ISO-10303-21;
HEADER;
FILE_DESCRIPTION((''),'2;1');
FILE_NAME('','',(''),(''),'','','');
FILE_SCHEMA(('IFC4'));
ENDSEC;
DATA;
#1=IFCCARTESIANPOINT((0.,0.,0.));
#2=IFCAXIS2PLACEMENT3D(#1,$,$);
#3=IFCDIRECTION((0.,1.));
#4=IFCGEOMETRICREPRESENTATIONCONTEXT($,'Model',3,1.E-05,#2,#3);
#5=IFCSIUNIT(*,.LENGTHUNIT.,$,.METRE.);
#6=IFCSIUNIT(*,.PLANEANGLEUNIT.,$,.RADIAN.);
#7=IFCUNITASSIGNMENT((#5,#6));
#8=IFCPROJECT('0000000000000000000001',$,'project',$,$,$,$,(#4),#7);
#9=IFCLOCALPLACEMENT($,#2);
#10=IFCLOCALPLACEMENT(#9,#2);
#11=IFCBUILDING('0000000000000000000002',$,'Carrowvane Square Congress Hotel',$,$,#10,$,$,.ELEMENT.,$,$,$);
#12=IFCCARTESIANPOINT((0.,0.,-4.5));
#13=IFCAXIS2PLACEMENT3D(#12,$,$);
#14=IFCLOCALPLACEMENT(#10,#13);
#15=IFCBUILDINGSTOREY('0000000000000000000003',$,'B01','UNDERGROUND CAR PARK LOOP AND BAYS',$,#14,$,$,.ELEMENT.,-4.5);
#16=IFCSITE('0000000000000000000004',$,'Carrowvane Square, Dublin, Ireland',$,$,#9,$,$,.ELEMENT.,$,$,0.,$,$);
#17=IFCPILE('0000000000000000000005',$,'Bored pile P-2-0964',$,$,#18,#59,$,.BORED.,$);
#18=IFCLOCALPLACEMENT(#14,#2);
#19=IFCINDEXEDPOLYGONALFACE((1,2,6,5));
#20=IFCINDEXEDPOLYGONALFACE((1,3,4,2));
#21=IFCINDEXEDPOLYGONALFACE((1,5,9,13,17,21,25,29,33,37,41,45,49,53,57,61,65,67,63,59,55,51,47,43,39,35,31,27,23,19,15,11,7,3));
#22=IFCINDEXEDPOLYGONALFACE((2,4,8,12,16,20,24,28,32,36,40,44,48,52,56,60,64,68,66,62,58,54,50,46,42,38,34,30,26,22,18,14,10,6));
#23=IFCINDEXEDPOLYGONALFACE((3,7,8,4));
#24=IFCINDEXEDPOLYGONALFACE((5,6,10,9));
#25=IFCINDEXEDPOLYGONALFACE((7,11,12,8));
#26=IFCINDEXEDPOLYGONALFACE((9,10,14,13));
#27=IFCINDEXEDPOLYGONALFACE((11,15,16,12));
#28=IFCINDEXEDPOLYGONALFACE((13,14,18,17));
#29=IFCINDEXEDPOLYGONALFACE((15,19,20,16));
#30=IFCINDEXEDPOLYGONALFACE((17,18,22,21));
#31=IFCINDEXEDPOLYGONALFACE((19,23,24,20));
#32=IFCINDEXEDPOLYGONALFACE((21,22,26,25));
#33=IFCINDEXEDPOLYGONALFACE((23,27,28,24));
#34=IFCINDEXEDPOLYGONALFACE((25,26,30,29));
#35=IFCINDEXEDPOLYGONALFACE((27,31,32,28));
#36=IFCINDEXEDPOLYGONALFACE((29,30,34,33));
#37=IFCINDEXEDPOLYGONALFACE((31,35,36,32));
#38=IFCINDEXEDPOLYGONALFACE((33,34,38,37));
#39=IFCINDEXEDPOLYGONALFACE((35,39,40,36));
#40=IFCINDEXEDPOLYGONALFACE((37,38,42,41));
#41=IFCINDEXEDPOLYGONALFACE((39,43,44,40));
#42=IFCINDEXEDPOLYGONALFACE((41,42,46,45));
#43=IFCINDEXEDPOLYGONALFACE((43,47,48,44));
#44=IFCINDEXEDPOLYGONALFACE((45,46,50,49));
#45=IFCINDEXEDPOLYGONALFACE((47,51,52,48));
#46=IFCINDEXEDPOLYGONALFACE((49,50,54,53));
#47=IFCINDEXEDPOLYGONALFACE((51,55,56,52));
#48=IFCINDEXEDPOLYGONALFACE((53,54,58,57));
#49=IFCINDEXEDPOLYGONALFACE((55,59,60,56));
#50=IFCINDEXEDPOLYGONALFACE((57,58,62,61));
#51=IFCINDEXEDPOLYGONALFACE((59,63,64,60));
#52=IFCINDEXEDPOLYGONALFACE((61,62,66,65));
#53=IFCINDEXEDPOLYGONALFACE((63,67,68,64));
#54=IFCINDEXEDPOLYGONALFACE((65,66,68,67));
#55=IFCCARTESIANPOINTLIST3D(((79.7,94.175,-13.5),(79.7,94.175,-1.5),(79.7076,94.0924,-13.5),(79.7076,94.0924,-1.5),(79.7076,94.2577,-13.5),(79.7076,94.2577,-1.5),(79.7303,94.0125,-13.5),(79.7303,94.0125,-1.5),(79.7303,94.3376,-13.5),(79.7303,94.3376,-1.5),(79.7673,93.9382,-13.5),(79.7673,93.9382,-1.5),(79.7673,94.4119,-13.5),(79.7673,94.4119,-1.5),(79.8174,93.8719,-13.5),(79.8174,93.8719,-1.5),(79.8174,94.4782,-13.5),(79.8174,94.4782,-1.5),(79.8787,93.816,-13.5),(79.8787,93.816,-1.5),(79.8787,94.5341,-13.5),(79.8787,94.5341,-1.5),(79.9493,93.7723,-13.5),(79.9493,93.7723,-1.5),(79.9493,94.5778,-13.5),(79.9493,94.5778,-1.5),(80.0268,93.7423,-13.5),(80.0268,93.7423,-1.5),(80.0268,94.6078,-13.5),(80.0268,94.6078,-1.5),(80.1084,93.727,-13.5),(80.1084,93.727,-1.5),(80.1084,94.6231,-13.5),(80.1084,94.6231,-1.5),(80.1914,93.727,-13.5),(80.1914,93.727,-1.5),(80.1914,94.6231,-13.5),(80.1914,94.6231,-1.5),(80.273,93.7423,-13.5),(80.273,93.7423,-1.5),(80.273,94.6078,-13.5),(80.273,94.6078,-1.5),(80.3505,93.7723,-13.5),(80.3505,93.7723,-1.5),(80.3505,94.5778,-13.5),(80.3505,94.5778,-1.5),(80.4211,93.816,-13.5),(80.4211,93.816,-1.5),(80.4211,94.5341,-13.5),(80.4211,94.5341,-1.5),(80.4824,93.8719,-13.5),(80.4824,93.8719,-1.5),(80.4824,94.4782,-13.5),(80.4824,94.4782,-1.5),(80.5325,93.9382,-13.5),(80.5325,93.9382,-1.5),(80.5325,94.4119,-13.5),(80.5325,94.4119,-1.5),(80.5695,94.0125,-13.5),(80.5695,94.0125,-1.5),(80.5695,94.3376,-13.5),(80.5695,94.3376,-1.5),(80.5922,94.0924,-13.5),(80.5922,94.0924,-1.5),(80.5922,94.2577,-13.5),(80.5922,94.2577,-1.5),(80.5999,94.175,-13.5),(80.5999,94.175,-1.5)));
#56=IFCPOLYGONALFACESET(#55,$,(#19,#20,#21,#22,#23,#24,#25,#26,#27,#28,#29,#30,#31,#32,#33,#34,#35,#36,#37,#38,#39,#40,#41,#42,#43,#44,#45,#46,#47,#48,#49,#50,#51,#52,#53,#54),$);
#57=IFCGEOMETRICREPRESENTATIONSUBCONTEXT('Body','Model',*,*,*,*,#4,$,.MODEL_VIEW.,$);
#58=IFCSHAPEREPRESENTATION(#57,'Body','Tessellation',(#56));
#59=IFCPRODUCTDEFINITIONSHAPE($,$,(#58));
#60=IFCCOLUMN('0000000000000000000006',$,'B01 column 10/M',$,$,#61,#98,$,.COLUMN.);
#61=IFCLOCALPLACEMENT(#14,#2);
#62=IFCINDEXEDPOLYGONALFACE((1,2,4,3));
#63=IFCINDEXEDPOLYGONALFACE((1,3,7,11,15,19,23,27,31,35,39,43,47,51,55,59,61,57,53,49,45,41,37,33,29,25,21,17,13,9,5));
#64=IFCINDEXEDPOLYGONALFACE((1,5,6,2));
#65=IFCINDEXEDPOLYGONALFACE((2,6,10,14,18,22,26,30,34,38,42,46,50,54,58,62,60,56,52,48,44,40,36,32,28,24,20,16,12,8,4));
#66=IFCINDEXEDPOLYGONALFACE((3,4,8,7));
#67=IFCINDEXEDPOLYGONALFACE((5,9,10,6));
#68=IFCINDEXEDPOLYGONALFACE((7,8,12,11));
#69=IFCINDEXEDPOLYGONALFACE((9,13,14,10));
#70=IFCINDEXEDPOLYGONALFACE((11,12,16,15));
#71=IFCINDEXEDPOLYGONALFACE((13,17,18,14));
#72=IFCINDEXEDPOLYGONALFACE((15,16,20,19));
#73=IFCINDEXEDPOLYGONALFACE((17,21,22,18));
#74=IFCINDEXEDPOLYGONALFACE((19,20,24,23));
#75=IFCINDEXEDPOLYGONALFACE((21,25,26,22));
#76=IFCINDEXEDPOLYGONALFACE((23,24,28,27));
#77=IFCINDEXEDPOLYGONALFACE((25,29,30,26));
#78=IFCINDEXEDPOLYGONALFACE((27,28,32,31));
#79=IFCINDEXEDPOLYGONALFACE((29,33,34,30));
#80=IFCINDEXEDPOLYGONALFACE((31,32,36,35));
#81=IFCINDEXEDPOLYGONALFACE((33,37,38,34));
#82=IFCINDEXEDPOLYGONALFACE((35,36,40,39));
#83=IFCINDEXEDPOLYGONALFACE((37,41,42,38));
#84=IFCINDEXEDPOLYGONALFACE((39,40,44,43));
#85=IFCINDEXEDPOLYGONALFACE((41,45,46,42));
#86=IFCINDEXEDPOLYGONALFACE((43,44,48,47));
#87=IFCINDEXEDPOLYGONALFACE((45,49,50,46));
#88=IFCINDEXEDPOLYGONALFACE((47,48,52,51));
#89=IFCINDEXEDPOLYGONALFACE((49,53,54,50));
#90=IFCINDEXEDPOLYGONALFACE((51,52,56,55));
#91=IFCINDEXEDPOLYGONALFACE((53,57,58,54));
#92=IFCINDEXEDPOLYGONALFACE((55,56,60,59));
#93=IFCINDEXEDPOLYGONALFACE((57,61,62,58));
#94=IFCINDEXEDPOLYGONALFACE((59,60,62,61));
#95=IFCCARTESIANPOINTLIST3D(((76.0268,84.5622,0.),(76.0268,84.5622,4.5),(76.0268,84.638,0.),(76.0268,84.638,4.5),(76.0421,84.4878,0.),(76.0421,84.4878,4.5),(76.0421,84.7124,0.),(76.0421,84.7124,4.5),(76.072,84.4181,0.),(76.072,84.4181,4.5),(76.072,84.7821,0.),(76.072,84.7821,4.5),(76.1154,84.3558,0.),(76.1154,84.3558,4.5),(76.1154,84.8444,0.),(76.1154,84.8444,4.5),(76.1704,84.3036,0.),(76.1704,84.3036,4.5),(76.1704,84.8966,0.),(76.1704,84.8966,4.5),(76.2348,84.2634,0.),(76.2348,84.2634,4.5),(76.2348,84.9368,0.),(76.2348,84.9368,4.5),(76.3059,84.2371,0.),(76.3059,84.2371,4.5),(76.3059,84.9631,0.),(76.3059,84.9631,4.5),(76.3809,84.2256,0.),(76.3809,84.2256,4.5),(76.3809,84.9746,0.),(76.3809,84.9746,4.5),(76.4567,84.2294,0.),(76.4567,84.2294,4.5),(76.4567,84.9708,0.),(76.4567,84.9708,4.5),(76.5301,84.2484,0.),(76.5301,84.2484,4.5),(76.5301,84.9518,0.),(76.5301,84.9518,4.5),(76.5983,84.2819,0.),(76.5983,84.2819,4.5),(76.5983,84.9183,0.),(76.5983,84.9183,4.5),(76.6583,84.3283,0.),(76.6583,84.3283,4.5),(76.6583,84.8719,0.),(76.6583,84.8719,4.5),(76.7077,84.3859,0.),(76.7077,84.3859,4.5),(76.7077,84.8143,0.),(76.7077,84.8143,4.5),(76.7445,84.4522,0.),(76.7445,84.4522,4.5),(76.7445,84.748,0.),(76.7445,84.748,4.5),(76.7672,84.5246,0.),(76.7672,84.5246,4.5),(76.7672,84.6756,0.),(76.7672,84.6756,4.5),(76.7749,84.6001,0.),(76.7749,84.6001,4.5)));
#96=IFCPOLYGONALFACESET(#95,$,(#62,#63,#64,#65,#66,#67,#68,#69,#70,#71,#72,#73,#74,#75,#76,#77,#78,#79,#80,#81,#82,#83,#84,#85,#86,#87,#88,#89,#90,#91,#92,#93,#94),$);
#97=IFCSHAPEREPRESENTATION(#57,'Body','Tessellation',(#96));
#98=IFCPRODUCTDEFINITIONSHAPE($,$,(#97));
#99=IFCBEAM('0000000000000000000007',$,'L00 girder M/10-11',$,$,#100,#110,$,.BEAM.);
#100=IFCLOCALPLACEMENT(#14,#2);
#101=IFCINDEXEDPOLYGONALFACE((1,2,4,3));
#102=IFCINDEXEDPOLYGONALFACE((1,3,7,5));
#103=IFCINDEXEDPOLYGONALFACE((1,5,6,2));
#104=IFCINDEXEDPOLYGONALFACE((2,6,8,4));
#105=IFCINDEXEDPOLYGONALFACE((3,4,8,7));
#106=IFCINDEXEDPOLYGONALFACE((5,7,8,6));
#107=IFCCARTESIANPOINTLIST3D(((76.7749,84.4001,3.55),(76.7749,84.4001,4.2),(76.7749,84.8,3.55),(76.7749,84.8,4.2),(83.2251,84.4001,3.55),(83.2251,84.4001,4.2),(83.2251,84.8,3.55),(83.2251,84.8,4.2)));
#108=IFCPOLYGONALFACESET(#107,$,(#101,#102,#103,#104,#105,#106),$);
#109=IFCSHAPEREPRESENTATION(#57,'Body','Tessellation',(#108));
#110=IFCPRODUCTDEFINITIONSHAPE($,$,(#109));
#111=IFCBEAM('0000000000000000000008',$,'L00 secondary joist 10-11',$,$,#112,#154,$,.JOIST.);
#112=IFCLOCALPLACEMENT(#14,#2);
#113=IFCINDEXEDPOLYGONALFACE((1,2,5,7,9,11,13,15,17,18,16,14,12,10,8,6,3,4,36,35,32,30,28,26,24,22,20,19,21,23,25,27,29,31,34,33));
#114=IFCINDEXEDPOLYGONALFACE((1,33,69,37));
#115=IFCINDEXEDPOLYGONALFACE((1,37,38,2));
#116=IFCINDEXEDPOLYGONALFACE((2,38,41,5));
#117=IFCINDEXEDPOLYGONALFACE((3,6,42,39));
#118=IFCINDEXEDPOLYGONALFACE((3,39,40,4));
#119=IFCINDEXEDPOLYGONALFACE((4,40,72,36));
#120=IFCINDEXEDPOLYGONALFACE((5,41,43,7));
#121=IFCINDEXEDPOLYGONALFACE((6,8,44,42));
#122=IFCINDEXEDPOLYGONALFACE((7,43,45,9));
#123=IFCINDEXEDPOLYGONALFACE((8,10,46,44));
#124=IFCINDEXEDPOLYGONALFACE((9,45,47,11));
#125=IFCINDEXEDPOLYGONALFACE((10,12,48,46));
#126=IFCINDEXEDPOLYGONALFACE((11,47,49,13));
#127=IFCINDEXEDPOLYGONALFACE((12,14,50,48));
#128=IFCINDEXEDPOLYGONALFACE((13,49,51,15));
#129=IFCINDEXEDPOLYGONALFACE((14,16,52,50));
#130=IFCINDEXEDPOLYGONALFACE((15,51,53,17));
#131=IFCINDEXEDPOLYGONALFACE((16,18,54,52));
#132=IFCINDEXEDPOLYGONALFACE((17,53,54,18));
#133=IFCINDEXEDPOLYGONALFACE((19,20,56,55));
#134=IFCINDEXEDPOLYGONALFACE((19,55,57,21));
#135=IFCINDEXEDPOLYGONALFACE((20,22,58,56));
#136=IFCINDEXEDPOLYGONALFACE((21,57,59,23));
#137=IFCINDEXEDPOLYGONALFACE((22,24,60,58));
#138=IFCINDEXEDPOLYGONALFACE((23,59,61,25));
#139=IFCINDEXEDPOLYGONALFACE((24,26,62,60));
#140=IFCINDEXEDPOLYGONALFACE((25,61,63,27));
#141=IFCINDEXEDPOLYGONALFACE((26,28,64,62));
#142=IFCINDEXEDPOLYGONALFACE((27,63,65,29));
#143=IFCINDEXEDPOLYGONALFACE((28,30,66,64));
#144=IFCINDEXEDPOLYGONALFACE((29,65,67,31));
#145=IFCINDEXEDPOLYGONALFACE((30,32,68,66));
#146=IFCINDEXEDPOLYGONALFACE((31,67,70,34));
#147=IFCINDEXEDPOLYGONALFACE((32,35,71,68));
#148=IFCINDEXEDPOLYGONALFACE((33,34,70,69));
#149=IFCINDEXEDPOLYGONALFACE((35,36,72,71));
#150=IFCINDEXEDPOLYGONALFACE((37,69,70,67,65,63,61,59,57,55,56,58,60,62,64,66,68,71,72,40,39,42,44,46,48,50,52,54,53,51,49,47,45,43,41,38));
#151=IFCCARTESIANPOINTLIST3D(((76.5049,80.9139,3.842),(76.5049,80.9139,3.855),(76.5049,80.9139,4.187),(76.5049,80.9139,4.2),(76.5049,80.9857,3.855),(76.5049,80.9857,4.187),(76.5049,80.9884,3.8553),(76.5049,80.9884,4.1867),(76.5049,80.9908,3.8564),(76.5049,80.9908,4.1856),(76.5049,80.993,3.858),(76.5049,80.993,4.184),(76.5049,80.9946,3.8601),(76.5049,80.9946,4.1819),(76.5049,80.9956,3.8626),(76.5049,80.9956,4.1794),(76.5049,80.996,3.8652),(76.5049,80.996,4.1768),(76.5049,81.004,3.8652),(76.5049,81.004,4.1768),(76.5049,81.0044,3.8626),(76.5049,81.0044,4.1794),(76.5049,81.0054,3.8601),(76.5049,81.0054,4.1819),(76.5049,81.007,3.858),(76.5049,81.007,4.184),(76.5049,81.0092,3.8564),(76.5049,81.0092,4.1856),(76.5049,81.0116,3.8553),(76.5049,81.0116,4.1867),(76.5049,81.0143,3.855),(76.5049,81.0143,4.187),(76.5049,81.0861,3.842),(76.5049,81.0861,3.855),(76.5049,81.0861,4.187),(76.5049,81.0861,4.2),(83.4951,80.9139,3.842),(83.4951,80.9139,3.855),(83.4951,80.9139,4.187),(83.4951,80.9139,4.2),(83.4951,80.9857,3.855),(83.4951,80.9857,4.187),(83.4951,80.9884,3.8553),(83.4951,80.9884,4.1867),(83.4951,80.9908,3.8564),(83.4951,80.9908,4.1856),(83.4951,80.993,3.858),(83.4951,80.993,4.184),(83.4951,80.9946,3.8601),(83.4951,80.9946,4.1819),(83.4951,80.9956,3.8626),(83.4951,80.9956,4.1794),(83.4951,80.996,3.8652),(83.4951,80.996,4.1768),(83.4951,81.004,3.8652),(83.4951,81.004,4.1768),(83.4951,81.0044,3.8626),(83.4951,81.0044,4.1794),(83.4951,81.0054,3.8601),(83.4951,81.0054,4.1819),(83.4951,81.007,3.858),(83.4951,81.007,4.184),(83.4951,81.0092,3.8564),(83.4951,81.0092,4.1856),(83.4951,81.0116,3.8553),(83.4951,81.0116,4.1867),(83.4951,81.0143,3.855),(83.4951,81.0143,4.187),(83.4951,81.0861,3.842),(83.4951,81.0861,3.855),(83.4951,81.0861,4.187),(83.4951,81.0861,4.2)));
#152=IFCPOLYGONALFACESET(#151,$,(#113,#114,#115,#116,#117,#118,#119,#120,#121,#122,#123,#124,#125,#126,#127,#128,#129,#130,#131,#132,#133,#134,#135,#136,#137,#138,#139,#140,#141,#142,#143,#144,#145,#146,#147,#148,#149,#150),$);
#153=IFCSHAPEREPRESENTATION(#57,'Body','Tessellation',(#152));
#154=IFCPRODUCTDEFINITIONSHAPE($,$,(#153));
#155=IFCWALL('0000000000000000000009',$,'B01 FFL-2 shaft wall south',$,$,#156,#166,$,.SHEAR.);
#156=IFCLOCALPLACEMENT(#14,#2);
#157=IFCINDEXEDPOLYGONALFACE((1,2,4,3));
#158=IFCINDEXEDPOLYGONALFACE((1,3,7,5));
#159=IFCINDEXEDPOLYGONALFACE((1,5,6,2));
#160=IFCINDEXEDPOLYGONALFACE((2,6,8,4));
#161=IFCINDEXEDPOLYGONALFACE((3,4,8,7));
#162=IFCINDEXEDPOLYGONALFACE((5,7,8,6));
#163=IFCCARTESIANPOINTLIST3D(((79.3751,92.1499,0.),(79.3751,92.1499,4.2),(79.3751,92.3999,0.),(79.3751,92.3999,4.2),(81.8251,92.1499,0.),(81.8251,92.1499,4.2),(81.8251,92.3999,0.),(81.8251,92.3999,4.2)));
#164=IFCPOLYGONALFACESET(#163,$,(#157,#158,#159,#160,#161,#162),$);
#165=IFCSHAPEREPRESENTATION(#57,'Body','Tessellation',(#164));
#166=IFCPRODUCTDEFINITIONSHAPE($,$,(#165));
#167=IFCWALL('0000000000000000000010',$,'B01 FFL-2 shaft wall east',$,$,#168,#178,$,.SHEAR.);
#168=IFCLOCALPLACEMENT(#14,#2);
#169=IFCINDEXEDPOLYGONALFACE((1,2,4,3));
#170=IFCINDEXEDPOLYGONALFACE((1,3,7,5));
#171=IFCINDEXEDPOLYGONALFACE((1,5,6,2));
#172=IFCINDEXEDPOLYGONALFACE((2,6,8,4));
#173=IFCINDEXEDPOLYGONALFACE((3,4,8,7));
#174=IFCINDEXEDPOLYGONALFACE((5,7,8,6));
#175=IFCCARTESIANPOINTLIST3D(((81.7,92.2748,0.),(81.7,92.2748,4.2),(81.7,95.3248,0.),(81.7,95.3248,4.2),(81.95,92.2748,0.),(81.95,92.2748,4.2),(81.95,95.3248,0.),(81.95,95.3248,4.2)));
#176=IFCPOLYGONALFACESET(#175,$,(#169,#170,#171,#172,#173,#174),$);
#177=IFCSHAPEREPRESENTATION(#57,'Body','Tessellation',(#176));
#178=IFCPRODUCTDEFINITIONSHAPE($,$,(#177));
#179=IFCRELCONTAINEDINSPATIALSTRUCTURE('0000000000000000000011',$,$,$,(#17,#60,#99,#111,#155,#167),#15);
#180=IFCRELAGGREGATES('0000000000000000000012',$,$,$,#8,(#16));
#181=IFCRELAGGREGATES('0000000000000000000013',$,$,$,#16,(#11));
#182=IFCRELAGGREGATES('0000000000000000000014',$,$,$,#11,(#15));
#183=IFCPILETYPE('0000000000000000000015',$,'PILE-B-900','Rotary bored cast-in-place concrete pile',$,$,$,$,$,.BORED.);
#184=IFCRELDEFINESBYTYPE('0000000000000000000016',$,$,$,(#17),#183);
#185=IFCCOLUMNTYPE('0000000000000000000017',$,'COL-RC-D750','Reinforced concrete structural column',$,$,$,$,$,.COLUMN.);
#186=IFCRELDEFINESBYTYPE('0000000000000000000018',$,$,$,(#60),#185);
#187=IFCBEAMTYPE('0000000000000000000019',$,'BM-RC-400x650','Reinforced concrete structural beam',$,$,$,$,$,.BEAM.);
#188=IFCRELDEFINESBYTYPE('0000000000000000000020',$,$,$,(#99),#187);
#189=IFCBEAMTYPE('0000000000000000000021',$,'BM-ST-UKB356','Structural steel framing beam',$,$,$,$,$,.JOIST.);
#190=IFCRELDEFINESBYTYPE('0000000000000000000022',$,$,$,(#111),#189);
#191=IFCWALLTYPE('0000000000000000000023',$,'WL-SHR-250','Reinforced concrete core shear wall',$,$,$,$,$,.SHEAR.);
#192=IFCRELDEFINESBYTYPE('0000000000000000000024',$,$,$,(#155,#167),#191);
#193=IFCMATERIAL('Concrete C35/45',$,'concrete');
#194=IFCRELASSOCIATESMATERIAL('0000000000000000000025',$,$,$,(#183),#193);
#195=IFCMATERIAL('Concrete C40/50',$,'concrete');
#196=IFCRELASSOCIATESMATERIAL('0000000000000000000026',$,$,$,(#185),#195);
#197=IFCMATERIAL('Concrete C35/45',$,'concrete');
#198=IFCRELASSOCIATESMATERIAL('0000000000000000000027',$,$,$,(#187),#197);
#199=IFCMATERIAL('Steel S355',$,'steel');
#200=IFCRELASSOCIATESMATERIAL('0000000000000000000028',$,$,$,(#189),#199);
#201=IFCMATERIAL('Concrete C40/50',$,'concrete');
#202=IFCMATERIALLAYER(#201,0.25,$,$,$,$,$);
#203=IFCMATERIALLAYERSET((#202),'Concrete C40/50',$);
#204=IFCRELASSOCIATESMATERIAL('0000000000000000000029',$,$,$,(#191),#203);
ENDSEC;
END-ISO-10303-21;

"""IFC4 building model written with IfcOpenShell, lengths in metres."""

from ifc_helpers import new_model, si_unit, direction, frame, frame_2d, origin, origin_2d, place, context, subcontext, project, spatial, rectangle, circle, i_section, extrude, material, layer, layer_set, material_profile, profile_set, type_object, element, save


model = new_model("IFC4")

# Units and contexts
model_context = context("Model", 3, precision=1e-05, world=origin(), true_north=direction((0.0, 1.0)))
body_context = subcontext(model_context, "Body", "Model", "MODEL_VIEW")
ifc_project = project(units=[si_unit("LENGTHUNIT", "METRE"), si_unit("PLANEANGLEUNIT", "RADIAN")], contexts=[model_context])

# Site, building, storey
site_placement = place(None, origin())
site = spatial("IfcSite", under=ifc_project, at=site_placement, Name="Carrowvane Square, Dublin, Ireland", CompositionType="ELEMENT", RefElevation=0.0)
building_placement = place(site_placement, origin())
building = spatial("IfcBuilding", under=site, at=building_placement, Name="Carrowvane Square Congress Hotel", CompositionType="ELEMENT")
storey_placement = place(building_placement, frame((0.0, 0.0, -4.5)))
storey = spatial("IfcBuildingStorey", under=building, at=storey_placement, Name="B01", Description="UNDERGROUND CAR PARK LOOP AND BAYS", CompositionType="ELEMENT", Elevation=-4.5)

# Pile
ifc_material_1 = material(Name="Concrete C35/45", Category="concrete")
ifc_material_profile_1 = material_profile(ifc_material_1, circle(Radius=0.45, at=origin_2d()), Name="PILE D900")
ifc_profile_set_1 = profile_set([ifc_material_profile_1], Name="Concrete C35/45")
pile_type_1 = type_object("IfcPileType", Name="PILE-B-900", Description="Rotary bored cast-in-place concrete pile", PredefinedType="BORED", material=ifc_profile_set_1)
for number, where, z_axis, x_axis, name in (
    (1, (80.1499, 94.175, -1.5), (0.0, 0.0, -1.0), (1.0, 0.0, 0.0), "Bored pile P-2-0964"),
):
    element("IfcPile", number, at=place(storey_placement, frame(where, z_axis=z_axis, x_axis=x_axis)), inside=storey, type_object=pile_type_1, Name=name, PredefinedType="BORED", context=body_context, shape_type="SweptSolid", body=[
        extrude(circle(Radius=0.45, at=origin_2d()), origin(), (0.0, 0.0, 1.0), 12.0),
    ])

# Column
ifc_material_2 = material(Name="Concrete C40/50", Category="concrete")
ifc_material_profile_2 = material_profile(ifc_material_2, circle(Radius=0.375, at=origin_2d()), Name="RC D750")
ifc_profile_set_2 = profile_set([ifc_material_profile_2], Name="Concrete C40/50")
column_type = type_object("IfcColumnType", Name="COL-RC-D750", Description="Reinforced concrete structural column", PredefinedType="COLUMN", material=ifc_profile_set_2)
column_placement = place(storey_placement, frame((76.3999, 84.6001, 0.0), z_axis=(0.0, 0.0, 1.0), x_axis=(1.0, 0.0, 0.0)))
element("IfcColumn", 2, at=column_placement, inside=storey, type_object=column_type, Name="B01 column 10/M", PredefinedType="COLUMN", context=body_context, shape_type="SweptSolid", body=[
    extrude(circle(Radius=0.375, at=origin_2d()), origin(), (0.0, 0.0, 1.0), 4.5),
])

# Beams
ifc_material_3 = material(Name="Concrete C35/45", Category="concrete")
ifc_material_profile_3 = material_profile(ifc_material_3, rectangle(XDim=0.3999, YDim=0.6499, at=origin_2d()), Name="RC 400x650")
ifc_profile_set_3 = profile_set([ifc_material_profile_3], Name="Concrete C35/45")
beam_type_1 = type_object("IfcBeamType", Name="BM-RC-400x650", Description="Reinforced concrete structural beam", PredefinedType="BEAM", material=ifc_profile_set_3)
beam_1_placement = place(storey_placement, frame((76.7749, 84.6001, 3.875), z_axis=(1.0, 0.0, 0.0), x_axis=(0.0, 1.0, 0.0)))
element("IfcBeam", 3, at=beam_1_placement, inside=storey, type_object=beam_type_1, Name="L00 girder M/10-11", PredefinedType="BEAM", context=body_context, shape_type="SweptSolid", body=[
    extrude(rectangle(XDim=0.3999, YDim=0.6499, at=origin_2d()), origin(), (0.0, 0.0, 1.0), 6.4502),
])
ifc_material_4 = material(Name="Steel S355", Category="steel")
ifc_material_profile_4 = material_profile(ifc_material_4, i_section(OverallWidth=0.1721, OverallDepth=0.3579, WebThickness=0.0081, FlangeThickness=0.0129, FilletRadius=0.0103, at=origin_2d()), Name="UKB 356x171x57")
ifc_profile_set_4 = profile_set([ifc_material_profile_4], Name="Steel S355")
beam_type_2 = type_object("IfcBeamType", Name="BM-ST-UKB356", Description="Structural steel framing beam", PredefinedType="JOIST", material=ifc_profile_set_4)
beam_2_placement = place(storey_placement, frame((76.5049, 81.0, 4.021), z_axis=(1.0, 0.0, 0.0), x_axis=(0.0, 1.0, 0.0)))
element("IfcBeam", 4, at=beam_2_placement, inside=storey, type_object=beam_type_2, Name="L00 secondary joist 10-11", PredefinedType="JOIST", context=body_context, shape_type="SweptSolid", body=[
    extrude(i_section(OverallWidth=0.1721, OverallDepth=0.3579, WebThickness=0.0081, FlangeThickness=0.0129, FilletRadius=0.0103, at=origin_2d()), origin(), (0.0, 0.0, 1.0), 6.9902),
])

# Walls
ifc_material_5 = material(Name="Concrete C40/50", Category="concrete")
ifc_layer_1 = layer(ifc_material_5, 0.25)
ifc_layer_set_1 = layer_set([ifc_layer_1], Name="Concrete C40/50")
wall_type_1 = type_object("IfcWallType", Name="WL-SHR-250", Description="Reinforced concrete core shear wall", PredefinedType="SHEAR", material=ifc_layer_set_1)
wall_1_placement = place(storey_placement, frame((79.375, 92.2749, 0.0), z_axis=(0.0, 0.0, 1.0), x_axis=(1.0, 0.0, 0.0)))
element("IfcWall", 5, at=wall_1_placement, inside=storey, type_object=wall_type_1, Name="B01 FFL-2 shaft wall south", PredefinedType="SHEAR", context=body_context, shape_type="SweptSolid", body=[
    extrude(rectangle(XDim=2.45, YDim=0.25, at=frame_2d((1.2251, 0.0))), origin(), (0.0, 0.0, 1.0), 4.2),
])
wall_2_placement = place(storey_placement, frame((81.825, 92.2749, 0.0), z_axis=(0.0, 0.0, 1.0), x_axis=(0.0, 1.0, 0.0)))
element("IfcWall", 6, at=wall_2_placement, inside=storey, type_object=wall_type_1, Name="B01 FFL-2 shaft wall east", PredefinedType="SHEAR", context=body_context, shape_type="SweptSolid", body=[
    extrude(rectangle(XDim=3.05, YDim=0.25, at=frame_2d((1.5249, 0.0))), origin(), (0.0, 0.0, 1.0), 4.2),
])

save(model, "model.ifc")
